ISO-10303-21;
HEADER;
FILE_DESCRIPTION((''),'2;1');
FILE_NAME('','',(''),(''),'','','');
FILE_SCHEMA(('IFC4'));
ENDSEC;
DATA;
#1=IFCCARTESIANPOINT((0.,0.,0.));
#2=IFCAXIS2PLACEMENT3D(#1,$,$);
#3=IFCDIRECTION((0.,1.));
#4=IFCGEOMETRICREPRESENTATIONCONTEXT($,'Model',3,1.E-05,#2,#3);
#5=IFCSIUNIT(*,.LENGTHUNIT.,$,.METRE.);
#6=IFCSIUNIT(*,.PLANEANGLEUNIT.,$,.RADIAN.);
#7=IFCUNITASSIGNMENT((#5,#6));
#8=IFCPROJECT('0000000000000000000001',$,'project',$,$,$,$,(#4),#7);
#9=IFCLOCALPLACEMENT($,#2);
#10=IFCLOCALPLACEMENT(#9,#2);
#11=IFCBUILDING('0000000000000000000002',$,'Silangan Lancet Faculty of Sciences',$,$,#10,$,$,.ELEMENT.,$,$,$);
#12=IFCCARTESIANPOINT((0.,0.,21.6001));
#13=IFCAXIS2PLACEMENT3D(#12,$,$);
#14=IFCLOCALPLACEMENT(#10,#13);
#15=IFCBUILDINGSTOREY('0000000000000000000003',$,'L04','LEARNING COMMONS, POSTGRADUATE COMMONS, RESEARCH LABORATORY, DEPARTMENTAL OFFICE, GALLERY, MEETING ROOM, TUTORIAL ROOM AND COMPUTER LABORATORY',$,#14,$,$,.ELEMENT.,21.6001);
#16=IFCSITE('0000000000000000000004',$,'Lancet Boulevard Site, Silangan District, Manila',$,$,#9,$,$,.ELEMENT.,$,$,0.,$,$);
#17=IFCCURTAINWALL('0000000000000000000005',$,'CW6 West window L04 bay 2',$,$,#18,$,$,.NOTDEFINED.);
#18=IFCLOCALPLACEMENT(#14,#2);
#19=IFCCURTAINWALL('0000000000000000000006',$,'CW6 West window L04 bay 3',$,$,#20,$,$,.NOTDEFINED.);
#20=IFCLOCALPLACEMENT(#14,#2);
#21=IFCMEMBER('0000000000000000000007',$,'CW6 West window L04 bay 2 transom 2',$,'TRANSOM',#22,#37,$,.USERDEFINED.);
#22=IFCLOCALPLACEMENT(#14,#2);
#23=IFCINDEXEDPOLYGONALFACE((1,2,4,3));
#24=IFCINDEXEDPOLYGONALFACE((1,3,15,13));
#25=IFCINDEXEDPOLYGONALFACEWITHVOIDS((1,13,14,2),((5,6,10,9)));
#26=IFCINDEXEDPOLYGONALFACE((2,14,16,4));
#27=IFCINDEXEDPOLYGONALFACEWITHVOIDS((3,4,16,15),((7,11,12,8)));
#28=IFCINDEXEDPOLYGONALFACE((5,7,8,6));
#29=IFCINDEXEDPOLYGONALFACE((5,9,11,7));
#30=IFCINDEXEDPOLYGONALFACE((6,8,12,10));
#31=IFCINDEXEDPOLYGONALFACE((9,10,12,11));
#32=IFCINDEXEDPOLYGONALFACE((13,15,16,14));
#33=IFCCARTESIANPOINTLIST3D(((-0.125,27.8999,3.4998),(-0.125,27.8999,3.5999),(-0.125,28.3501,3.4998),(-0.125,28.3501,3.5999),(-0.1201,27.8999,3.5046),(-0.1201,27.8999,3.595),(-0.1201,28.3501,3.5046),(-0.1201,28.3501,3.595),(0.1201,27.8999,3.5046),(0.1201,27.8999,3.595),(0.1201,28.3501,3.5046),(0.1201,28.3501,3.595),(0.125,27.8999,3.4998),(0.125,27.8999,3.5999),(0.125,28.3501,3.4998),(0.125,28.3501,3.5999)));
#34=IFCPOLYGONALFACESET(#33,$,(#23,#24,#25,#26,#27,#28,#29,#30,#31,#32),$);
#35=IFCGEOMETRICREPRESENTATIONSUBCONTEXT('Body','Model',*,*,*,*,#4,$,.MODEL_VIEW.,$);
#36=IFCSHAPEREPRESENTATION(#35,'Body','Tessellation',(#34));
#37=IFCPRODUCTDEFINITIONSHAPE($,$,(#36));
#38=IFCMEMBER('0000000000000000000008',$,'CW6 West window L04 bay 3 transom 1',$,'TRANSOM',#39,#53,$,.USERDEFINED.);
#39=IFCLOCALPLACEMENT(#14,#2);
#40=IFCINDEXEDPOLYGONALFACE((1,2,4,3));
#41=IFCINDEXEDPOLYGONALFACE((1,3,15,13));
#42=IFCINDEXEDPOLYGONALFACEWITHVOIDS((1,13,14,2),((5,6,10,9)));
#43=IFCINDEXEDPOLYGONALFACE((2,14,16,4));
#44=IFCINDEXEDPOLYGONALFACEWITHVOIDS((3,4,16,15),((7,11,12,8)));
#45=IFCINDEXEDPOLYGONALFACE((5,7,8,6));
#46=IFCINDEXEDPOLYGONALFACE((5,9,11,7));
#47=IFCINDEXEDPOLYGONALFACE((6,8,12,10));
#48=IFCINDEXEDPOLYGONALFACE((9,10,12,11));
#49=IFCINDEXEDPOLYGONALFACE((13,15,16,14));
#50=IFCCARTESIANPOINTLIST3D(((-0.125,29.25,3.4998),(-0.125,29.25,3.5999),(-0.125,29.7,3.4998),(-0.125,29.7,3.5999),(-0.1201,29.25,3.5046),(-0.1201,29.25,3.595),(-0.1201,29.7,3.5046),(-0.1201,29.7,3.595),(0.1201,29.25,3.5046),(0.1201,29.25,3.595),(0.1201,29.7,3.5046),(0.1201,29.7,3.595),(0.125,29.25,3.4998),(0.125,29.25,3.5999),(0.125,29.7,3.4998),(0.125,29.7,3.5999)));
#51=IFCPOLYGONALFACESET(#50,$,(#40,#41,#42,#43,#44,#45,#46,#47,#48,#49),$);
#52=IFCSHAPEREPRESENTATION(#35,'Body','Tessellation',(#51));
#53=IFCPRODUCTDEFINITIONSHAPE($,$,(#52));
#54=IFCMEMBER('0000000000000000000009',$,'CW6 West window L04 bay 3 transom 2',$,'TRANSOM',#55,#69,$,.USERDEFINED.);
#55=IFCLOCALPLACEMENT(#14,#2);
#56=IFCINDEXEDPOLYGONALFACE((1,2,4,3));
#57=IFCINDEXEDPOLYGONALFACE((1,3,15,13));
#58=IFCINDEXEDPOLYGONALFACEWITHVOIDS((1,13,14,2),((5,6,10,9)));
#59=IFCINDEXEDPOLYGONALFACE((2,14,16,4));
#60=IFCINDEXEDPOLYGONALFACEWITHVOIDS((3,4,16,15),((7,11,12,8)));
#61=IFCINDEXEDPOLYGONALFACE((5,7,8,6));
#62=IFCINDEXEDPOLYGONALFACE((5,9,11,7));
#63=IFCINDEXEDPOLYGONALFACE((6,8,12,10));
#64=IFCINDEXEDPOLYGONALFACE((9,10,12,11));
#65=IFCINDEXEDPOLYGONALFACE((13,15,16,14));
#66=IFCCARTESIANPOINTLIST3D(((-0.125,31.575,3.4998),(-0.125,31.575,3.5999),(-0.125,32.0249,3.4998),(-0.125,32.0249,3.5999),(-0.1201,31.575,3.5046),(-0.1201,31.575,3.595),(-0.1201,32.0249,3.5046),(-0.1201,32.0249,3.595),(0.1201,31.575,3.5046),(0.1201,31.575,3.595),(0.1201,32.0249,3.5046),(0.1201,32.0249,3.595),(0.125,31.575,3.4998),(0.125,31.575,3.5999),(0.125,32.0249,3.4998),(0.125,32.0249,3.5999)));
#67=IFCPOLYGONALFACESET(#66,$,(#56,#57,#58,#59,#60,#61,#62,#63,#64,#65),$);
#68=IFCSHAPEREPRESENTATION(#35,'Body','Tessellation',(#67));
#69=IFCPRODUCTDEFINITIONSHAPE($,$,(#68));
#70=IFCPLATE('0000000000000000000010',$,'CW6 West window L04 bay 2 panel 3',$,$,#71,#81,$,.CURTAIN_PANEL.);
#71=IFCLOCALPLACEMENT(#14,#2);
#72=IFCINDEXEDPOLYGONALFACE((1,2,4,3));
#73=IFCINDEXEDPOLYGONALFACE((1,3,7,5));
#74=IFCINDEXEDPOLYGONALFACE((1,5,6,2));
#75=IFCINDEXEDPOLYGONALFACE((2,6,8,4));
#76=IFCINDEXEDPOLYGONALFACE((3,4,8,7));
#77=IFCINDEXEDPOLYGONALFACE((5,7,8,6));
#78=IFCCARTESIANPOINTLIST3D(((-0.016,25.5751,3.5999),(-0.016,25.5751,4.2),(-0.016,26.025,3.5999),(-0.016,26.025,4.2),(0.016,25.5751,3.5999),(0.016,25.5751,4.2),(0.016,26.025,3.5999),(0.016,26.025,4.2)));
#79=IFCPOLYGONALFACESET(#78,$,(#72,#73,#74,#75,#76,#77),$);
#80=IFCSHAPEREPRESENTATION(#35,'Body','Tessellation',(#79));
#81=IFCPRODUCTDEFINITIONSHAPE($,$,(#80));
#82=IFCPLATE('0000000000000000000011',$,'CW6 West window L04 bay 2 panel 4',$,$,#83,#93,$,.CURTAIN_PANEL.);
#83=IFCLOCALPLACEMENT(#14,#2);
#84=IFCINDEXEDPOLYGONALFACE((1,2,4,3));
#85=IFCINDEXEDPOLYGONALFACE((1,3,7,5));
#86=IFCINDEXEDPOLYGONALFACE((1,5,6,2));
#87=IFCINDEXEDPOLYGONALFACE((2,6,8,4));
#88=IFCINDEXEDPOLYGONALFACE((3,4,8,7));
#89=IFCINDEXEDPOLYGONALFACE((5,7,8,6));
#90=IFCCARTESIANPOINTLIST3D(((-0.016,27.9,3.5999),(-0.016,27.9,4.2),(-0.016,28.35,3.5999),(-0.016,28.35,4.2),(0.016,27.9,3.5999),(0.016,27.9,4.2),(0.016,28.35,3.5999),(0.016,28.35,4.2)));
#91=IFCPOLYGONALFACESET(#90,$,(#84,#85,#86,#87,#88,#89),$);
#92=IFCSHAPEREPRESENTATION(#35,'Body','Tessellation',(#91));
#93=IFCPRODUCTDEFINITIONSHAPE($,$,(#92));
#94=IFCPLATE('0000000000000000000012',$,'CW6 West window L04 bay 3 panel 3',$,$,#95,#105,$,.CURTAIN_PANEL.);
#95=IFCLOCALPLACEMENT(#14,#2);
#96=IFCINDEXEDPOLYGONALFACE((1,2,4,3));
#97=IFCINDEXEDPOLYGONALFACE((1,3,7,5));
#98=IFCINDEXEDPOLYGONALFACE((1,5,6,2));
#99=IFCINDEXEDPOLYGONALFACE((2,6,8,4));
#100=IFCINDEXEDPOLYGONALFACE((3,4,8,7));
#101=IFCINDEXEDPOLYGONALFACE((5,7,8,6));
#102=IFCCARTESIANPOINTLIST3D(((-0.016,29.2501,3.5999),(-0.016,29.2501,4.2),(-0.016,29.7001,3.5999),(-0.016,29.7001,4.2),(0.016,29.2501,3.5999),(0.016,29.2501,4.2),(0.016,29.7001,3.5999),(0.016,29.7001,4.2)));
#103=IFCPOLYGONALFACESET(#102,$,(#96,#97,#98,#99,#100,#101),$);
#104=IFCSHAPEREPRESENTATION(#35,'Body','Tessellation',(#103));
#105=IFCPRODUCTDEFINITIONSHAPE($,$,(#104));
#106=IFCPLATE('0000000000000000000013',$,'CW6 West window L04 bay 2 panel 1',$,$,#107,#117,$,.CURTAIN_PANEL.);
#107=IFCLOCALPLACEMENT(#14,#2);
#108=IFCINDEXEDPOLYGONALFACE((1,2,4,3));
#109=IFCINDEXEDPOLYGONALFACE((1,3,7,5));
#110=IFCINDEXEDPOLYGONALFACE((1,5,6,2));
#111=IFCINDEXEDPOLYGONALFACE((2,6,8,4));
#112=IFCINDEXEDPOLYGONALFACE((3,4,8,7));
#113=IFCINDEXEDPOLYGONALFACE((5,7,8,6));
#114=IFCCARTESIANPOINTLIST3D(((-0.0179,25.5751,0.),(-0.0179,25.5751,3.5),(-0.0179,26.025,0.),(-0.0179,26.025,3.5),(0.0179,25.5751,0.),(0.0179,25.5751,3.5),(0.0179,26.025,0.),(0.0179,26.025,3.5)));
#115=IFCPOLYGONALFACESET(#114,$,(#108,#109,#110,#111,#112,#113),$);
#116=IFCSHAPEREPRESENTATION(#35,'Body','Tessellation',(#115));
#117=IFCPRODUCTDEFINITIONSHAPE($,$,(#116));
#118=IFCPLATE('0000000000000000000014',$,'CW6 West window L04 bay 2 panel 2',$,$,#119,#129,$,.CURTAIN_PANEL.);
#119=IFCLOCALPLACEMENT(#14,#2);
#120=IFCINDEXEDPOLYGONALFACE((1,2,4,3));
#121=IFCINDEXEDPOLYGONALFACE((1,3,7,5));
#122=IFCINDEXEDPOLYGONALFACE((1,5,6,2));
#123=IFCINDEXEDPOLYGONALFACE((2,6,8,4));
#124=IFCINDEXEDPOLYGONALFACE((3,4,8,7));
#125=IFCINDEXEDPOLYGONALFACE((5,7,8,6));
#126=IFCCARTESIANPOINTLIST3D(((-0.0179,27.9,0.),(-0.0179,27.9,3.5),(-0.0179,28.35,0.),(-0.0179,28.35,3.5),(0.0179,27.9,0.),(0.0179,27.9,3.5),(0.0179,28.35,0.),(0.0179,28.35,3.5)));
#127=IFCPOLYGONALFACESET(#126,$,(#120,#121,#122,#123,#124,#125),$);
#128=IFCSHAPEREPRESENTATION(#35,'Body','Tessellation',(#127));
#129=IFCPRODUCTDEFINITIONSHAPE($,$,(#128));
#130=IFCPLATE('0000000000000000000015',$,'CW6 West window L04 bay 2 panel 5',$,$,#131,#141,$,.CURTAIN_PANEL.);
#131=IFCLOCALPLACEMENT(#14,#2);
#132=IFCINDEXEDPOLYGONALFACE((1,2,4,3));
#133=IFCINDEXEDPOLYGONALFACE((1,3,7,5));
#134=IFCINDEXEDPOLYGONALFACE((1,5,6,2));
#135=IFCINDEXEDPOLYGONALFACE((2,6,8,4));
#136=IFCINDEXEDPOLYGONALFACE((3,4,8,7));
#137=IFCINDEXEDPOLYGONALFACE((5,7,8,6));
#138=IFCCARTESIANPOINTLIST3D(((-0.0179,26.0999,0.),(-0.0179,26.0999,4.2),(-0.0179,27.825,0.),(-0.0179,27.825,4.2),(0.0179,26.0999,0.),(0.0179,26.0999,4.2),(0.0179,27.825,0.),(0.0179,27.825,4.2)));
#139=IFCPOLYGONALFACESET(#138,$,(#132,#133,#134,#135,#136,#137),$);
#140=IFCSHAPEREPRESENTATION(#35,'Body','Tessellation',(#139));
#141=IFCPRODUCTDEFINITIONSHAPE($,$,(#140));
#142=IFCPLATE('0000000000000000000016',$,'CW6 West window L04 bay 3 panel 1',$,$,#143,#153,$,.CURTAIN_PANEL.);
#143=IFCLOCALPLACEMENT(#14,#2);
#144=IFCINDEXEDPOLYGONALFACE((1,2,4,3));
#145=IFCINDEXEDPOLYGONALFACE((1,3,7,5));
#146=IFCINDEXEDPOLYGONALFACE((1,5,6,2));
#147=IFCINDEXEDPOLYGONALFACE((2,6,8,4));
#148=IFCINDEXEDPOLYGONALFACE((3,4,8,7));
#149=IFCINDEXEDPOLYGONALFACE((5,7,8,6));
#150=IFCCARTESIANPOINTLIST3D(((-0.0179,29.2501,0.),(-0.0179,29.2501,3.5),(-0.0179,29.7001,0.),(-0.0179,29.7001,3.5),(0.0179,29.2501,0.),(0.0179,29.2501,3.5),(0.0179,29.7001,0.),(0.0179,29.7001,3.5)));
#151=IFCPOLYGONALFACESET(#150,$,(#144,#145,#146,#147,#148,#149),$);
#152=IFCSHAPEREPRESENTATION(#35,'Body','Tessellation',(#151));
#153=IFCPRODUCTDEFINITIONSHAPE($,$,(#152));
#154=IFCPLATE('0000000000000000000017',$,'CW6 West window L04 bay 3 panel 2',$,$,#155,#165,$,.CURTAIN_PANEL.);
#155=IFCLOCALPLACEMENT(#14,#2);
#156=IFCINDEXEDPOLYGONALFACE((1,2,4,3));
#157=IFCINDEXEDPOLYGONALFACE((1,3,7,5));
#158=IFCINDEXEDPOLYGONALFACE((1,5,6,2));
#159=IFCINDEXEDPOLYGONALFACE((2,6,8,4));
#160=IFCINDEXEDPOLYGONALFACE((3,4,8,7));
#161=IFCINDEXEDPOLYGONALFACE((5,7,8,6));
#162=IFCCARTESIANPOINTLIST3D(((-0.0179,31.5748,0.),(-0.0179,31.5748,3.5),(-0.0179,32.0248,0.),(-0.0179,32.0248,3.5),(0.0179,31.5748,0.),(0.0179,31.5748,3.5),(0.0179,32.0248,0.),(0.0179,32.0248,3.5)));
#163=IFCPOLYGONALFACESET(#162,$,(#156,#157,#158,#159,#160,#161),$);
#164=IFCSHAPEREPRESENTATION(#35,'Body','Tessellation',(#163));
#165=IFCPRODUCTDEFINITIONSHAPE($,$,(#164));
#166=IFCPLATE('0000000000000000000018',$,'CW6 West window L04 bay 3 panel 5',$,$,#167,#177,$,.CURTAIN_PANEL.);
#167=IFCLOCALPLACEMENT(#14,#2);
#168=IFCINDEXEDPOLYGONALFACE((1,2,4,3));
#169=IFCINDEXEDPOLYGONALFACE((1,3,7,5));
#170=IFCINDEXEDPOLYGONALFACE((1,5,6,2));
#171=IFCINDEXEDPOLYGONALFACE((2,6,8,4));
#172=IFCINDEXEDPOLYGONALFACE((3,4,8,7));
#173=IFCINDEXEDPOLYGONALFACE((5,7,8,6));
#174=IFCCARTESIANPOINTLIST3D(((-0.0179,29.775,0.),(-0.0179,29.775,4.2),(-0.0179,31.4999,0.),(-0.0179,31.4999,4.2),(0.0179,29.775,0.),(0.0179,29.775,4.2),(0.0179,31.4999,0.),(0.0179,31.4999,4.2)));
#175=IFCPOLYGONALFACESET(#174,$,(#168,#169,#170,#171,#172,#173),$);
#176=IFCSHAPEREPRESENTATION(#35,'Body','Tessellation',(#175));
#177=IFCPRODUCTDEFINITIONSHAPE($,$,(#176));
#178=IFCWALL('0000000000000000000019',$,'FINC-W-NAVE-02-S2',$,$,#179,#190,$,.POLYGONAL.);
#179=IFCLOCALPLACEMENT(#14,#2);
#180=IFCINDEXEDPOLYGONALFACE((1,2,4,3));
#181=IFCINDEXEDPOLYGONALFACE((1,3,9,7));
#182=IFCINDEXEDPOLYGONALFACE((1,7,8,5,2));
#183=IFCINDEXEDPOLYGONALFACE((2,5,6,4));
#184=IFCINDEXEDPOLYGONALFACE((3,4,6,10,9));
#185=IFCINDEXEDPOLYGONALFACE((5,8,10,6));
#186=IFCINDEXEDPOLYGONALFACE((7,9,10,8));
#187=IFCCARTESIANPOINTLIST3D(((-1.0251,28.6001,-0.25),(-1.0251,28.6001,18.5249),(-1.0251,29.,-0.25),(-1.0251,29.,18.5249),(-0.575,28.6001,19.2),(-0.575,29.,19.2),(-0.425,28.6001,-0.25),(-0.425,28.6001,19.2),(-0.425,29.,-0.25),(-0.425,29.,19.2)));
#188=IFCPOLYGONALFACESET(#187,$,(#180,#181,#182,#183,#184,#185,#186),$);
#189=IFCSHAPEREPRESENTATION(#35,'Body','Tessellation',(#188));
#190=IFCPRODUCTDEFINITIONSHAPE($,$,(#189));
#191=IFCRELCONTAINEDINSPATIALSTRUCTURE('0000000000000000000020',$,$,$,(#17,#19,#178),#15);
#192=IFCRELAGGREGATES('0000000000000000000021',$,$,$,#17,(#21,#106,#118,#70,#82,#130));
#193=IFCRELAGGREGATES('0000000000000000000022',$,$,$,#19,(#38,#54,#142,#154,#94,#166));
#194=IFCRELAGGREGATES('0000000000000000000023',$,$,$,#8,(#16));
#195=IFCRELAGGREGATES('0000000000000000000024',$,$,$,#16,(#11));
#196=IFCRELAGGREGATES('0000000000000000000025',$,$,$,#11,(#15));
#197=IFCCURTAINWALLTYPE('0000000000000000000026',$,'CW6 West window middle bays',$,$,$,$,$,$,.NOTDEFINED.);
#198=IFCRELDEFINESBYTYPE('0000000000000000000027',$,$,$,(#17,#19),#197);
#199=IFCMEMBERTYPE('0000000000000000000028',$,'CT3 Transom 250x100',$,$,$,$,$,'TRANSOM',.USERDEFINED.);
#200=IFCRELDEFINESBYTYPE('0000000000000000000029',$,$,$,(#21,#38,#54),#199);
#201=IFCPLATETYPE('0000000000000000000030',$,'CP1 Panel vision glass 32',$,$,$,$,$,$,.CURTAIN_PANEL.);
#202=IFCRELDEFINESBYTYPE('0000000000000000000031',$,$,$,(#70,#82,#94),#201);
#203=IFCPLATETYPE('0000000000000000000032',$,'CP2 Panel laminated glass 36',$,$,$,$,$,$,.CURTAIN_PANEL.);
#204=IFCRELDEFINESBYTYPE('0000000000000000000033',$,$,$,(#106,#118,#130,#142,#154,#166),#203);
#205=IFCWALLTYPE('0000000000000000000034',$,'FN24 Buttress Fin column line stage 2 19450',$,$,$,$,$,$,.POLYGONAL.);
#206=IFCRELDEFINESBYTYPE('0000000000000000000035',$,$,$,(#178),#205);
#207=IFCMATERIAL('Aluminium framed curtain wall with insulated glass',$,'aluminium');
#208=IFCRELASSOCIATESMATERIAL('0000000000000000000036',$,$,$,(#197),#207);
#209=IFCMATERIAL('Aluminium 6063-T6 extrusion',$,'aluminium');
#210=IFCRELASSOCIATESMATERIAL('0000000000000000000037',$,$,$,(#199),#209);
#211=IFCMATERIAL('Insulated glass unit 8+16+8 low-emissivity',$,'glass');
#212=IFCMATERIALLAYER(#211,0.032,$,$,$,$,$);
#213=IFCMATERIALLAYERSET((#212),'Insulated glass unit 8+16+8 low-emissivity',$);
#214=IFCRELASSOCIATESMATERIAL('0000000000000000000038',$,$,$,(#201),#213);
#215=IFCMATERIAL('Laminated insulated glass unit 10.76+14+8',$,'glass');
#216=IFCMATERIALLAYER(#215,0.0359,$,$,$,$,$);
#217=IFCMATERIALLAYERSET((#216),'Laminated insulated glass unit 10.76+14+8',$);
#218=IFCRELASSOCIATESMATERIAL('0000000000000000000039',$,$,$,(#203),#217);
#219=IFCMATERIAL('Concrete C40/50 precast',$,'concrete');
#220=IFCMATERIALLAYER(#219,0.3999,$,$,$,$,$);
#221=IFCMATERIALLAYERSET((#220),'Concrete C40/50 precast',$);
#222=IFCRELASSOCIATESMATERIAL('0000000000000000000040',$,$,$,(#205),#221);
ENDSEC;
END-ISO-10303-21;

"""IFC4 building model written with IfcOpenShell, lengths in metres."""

from ifc_helpers import new_model, si_unit, direction, frame, origin, origin_2d, place, context, subcontext, project, spatial, polyline, rectangle, hollow_rectangle, outline, extrude, material, layer, layer_set, material_profile, profile_set, type_object, element, aggregate, save


model = new_model("IFC4")

# Units and contexts
model_context = context("Model", 3, precision=1e-05, world=origin(), true_north=direction((0.0, 1.0)))
body_context = subcontext(model_context, "Body", "Model", "MODEL_VIEW")
ifc_project = project(units=[si_unit("LENGTHUNIT", "METRE"), si_unit("PLANEANGLEUNIT", "RADIAN")], contexts=[model_context])

# Site, building, storey
site_placement = place(None, origin())
site = spatial("IfcSite", under=ifc_project, at=site_placement, Name="Lancet Boulevard Site, Silangan District, Manila", CompositionType="ELEMENT", RefElevation=0.0)
building_placement = place(site_placement, origin())
building = spatial("IfcBuilding", under=site, at=building_placement, Name="Silangan Lancet Faculty of Sciences", CompositionType="ELEMENT")
storey_placement = place(building_placement, frame((0.0, 0.0, 21.6001)))
storey = spatial("IfcBuildingStorey", under=building, at=storey_placement, Name="L04", Description="LEARNING COMMONS, POSTGRADUATE COMMONS, RESEARCH LABORATORY, DEPARTMENTAL OFFICE, GALLERY, MEETING ROOM, TUTORIAL ROOM AND COMPUTER LABORATORY", CompositionType="ELEMENT", Elevation=21.6001)

# Curtain walls
ifc_material_1 = material(Name="Aluminium framed curtain wall with insulated glass", Category="aluminium")
curtain_wall_type_1 = type_object("IfcCurtainWallType", Name="CW6 West window middle bays", PredefinedType="NOTDEFINED", material=ifc_material_1)
curtain_wall_1_placement = place(storey_placement, origin())
curtain_wall_1 = element("IfcCurtainWall", 1, at=curtain_wall_1_placement, inside=storey, type_object=curtain_wall_type_1, Name="CW6 West window L04 bay 2", PredefinedType="NOTDEFINED")
curtain_wall_2_placement = place(storey_placement, origin())
curtain_wall_2 = element("IfcCurtainWall", 2, at=curtain_wall_2_placement, inside=storey, type_object=curtain_wall_type_1, Name="CW6 West window L04 bay 3", PredefinedType="NOTDEFINED")

# Members
ifc_material_2 = material(Name="Aluminium 6063-T6 extrusion", Category="aluminium")
ifc_material_profile_1 = material_profile(ifc_material_2, hollow_rectangle(XDim=0.25, YDim=0.1001, WallThickness=0.0049, at=origin_2d()), Name="AL BOX 250x100x5")
ifc_profile_set_1 = profile_set([ifc_material_profile_1], Name="Aluminium 6063-T6 extrusion")
member_type_1 = type_object("IfcMemberType", Name="CT3 Transom 250x100", ElementType="TRANSOM", PredefinedType="USERDEFINED", material=ifc_profile_set_1)
member_1_placement = place(storey_placement, frame((0.0, 27.8999, 3.5498), z_axis=(0.0, 1.0, 0.0), x_axis=(-1.0, 0.0, 0.0)))
member_1 = element("IfcMember", 3, at=member_1_placement, type_object=member_type_1, Name="CW6 West window L04 bay 2 transom 2", ObjectType="TRANSOM", PredefinedType="USERDEFINED", context=body_context, shape_type="SweptSolid", body=[
    extrude(hollow_rectangle(XDim=0.25, YDim=0.1001, WallThickness=0.0049, at=origin_2d()), origin(), (0.0, 0.0, 1.0), 0.4502),
])
member_2_placement = place(storey_placement, frame((0.0, 29.25, 3.5498), z_axis=(0.0, 1.0, 0.0), x_axis=(-1.0, 0.0, 0.0)))
member_2 = element("IfcMember", 4, at=member_2_placement, type_object=member_type_1, Name="CW6 West window L04 bay 3 transom 1", ObjectType="TRANSOM", PredefinedType="USERDEFINED", context=body_context, shape_type="SweptSolid", body=[
    extrude(hollow_rectangle(XDim=0.25, YDim=0.1001, WallThickness=0.0049, at=origin_2d()), origin(), (0.0, 0.0, 1.0), 0.45),
])
member_3_placement = place(storey_placement, frame((0.0, 31.575, 3.5498), z_axis=(0.0, 1.0, 0.0), x_axis=(-1.0, 0.0, 0.0)))
member_3 = element("IfcMember", 5, at=member_3_placement, type_object=member_type_1, Name="CW6 West window L04 bay 3 transom 2", ObjectType="TRANSOM", PredefinedType="USERDEFINED", context=body_context, shape_type="SweptSolid", body=[
    extrude(hollow_rectangle(XDim=0.25, YDim=0.1001, WallThickness=0.0049, at=origin_2d()), origin(), (0.0, 0.0, 1.0), 0.45),
])

# Plates
ifc_material_3 = material(Name="Insulated glass unit 8+16+8 low-emissivity", Category="glass")
ifc_layer_1 = layer(ifc_material_3, 0.032)
ifc_layer_set_1 = layer_set([ifc_layer_1], Name="Insulated glass unit 8+16+8 low-emissivity")
plate_type_1 = type_object("IfcPlateType", Name="CP1 Panel vision glass 32", PredefinedType="CURTAIN_PANEL", material=ifc_layer_set_1)
plate_1_placement = place(storey_placement, frame((0.0, 25.8, 3.5999), z_axis=(0.0, 0.0, 1.0), x_axis=(0.0, 1.0, 0.0)))
plate_1 = element("IfcPlate", 6, at=plate_1_placement, type_object=plate_type_1, Name="CW6 West window L04 bay 2 panel 3", PredefinedType="CURTAIN_PANEL", context=body_context, shape_type="SweptSolid", body=[
    extrude(rectangle(XDim=0.45, YDim=0.032, at=origin_2d()), origin(), (0.0, 0.0, 1.0), 0.6001),
])
plate_2_placement = place(storey_placement, frame((0.0, 28.125, 3.5999), z_axis=(0.0, 0.0, 1.0), x_axis=(0.0, 1.0, 0.0)))
plate_2 = element("IfcPlate", 7, at=plate_2_placement, type_object=plate_type_1, Name="CW6 West window L04 bay 2 panel 4", PredefinedType="CURTAIN_PANEL", context=body_context, shape_type="SweptSolid", body=[
    extrude(rectangle(XDim=0.45, YDim=0.032, at=origin_2d()), origin(), (0.0, 0.0, 1.0), 0.6001),
])
plate_3_placement = place(storey_placement, frame((0.0, 29.4751, 3.5999), z_axis=(0.0, 0.0, 1.0), x_axis=(0.0, 1.0, 0.0)))
plate_3 = element("IfcPlate", 8, at=plate_3_placement, type_object=plate_type_1, Name="CW6 West window L04 bay 3 panel 3", PredefinedType="CURTAIN_PANEL", context=body_context, shape_type="SweptSolid", body=[
    extrude(rectangle(XDim=0.45, YDim=0.032, at=origin_2d()), origin(), (0.0, 0.0, 1.0), 0.6001),
])
ifc_material_4 = material(Name="Laminated insulated glass unit 10.76+14+8", Category="glass")
ifc_layer_2 = layer(ifc_material_4, 0.0359)
ifc_layer_set_2 = layer_set([ifc_layer_2], Name="Laminated insulated glass unit 10.76+14+8")
plate_type_2 = type_object("IfcPlateType", Name="CP2 Panel laminated glass 36", PredefinedType="CURTAIN_PANEL", material=ifc_layer_set_2)
plate_4_placement = place(storey_placement, frame((0.0, 25.8, 0.0), z_axis=(0.0, 0.0, 1.0), x_axis=(0.0, 1.0, 0.0)))
plate_4 = element("IfcPlate", 9, at=plate_4_placement, type_object=plate_type_2, Name="CW6 West window L04 bay 2 panel 1", PredefinedType="CURTAIN_PANEL", context=body_context, shape_type="SweptSolid", body=[
    extrude(rectangle(XDim=0.45, YDim=0.0359, at=origin_2d()), origin(), (0.0, 0.0, 1.0), 3.5),
])
plate_5_placement = place(storey_placement, frame((0.0, 28.125, 0.0), z_axis=(0.0, 0.0, 1.0), x_axis=(0.0, 1.0, 0.0)))
plate_5 = element("IfcPlate", 10, at=plate_5_placement, type_object=plate_type_2, Name="CW6 West window L04 bay 2 panel 2", PredefinedType="CURTAIN_PANEL", context=body_context, shape_type="SweptSolid", body=[
    extrude(rectangle(XDim=0.45, YDim=0.0359, at=origin_2d()), origin(), (0.0, 0.0, 1.0), 3.5),
])
plate_6_placement = place(storey_placement, frame((0.0, 26.9624, 0.0), z_axis=(0.0, 0.0, 1.0), x_axis=(0.0, 1.0, 0.0)))
plate_6 = element("IfcPlate", 11, at=plate_6_placement, type_object=plate_type_2, Name="CW6 West window L04 bay 2 panel 5", PredefinedType="CURTAIN_PANEL", context=body_context, shape_type="SweptSolid", body=[
    extrude(rectangle(XDim=1.7251, YDim=0.0359, at=origin_2d()), origin(), (0.0, 0.0, 1.0), 4.2),
])
aggregate(curtain_wall_1, [member_1, plate_4, plate_5, plate_1, plate_2, plate_6])
plate_7_placement = place(storey_placement, frame((0.0, 29.4751, 0.0), z_axis=(0.0, 0.0, 1.0), x_axis=(0.0, 1.0, 0.0)))
plate_7 = element("IfcPlate", 12, at=plate_7_placement, type_object=plate_type_2, Name="CW6 West window L04 bay 3 panel 1", PredefinedType="CURTAIN_PANEL", context=body_context, shape_type="SweptSolid", body=[
    extrude(rectangle(XDim=0.45, YDim=0.0359, at=origin_2d()), origin(), (0.0, 0.0, 1.0), 3.5),
])
plate_8_placement = place(storey_placement, frame((0.0, 31.7998, 0.0), z_axis=(0.0, 0.0, 1.0), x_axis=(0.0, 1.0, 0.0)))
plate_8 = element("IfcPlate", 13, at=plate_8_placement, type_object=plate_type_2, Name="CW6 West window L04 bay 3 panel 2", PredefinedType="CURTAIN_PANEL", context=body_context, shape_type="SweptSolid", body=[
    extrude(rectangle(XDim=0.45, YDim=0.0359, at=origin_2d()), origin(), (0.0, 0.0, 1.0), 3.5),
])
plate_9_placement = place(storey_placement, frame((0.0, 30.6375, 0.0), z_axis=(0.0, 0.0, 1.0), x_axis=(0.0, 1.0, 0.0)))
plate_9 = element("IfcPlate", 14, at=plate_9_placement, type_object=plate_type_2, Name="CW6 West window L04 bay 3 panel 5", PredefinedType="CURTAIN_PANEL", context=body_context, shape_type="SweptSolid", body=[
    extrude(rectangle(XDim=1.7249, YDim=0.0359, at=origin_2d()), origin(), (0.0, 0.0, 1.0), 4.2),
])
aggregate(curtain_wall_2, [member_2, member_3, plate_7, plate_8, plate_3, plate_9])

# Wall
ifc_material_5 = material(Name="Concrete C40/50 precast", Category="concrete")
ifc_layer_3 = layer(ifc_material_5, 0.3999)
ifc_layer_set_3 = layer_set([ifc_layer_3], Name="Concrete C40/50 precast")
wall_type_1 = type_object("IfcWallType", Name="FN24 Buttress Fin column line stage 2 19450", PredefinedType="POLYGONAL", material=ifc_layer_set_3)
wall_1_placement = place(storey_placement, frame((-0.425, 28.8, -0.25), z_axis=(0.0, 0.0, 1.0), x_axis=(-1.0, 0.0, 0.0)))
element("IfcWall", 15, at=wall_1_placement, inside=storey, type_object=wall_type_1, Name="FINC-W-NAVE-02-S2", PredefinedType="POLYGONAL", context=body_context, shape_type="SweptSolid", body=[
    extrude(outline(polyline([(0.6001, 0.0), (0.6001, 18.7749), (0.1499, 19.45), (0.0, 19.45), (0.0, 0.0), (0.6001, 0.0)])), frame((0.0, 0.2, 0.0), z_axis=(0.0, -1.0, 0.0), x_axis=(1.0, 0.0, 0.0)), (0.0, 0.0, 1.0), 0.3999),
])

save(model, "model.ifc")
